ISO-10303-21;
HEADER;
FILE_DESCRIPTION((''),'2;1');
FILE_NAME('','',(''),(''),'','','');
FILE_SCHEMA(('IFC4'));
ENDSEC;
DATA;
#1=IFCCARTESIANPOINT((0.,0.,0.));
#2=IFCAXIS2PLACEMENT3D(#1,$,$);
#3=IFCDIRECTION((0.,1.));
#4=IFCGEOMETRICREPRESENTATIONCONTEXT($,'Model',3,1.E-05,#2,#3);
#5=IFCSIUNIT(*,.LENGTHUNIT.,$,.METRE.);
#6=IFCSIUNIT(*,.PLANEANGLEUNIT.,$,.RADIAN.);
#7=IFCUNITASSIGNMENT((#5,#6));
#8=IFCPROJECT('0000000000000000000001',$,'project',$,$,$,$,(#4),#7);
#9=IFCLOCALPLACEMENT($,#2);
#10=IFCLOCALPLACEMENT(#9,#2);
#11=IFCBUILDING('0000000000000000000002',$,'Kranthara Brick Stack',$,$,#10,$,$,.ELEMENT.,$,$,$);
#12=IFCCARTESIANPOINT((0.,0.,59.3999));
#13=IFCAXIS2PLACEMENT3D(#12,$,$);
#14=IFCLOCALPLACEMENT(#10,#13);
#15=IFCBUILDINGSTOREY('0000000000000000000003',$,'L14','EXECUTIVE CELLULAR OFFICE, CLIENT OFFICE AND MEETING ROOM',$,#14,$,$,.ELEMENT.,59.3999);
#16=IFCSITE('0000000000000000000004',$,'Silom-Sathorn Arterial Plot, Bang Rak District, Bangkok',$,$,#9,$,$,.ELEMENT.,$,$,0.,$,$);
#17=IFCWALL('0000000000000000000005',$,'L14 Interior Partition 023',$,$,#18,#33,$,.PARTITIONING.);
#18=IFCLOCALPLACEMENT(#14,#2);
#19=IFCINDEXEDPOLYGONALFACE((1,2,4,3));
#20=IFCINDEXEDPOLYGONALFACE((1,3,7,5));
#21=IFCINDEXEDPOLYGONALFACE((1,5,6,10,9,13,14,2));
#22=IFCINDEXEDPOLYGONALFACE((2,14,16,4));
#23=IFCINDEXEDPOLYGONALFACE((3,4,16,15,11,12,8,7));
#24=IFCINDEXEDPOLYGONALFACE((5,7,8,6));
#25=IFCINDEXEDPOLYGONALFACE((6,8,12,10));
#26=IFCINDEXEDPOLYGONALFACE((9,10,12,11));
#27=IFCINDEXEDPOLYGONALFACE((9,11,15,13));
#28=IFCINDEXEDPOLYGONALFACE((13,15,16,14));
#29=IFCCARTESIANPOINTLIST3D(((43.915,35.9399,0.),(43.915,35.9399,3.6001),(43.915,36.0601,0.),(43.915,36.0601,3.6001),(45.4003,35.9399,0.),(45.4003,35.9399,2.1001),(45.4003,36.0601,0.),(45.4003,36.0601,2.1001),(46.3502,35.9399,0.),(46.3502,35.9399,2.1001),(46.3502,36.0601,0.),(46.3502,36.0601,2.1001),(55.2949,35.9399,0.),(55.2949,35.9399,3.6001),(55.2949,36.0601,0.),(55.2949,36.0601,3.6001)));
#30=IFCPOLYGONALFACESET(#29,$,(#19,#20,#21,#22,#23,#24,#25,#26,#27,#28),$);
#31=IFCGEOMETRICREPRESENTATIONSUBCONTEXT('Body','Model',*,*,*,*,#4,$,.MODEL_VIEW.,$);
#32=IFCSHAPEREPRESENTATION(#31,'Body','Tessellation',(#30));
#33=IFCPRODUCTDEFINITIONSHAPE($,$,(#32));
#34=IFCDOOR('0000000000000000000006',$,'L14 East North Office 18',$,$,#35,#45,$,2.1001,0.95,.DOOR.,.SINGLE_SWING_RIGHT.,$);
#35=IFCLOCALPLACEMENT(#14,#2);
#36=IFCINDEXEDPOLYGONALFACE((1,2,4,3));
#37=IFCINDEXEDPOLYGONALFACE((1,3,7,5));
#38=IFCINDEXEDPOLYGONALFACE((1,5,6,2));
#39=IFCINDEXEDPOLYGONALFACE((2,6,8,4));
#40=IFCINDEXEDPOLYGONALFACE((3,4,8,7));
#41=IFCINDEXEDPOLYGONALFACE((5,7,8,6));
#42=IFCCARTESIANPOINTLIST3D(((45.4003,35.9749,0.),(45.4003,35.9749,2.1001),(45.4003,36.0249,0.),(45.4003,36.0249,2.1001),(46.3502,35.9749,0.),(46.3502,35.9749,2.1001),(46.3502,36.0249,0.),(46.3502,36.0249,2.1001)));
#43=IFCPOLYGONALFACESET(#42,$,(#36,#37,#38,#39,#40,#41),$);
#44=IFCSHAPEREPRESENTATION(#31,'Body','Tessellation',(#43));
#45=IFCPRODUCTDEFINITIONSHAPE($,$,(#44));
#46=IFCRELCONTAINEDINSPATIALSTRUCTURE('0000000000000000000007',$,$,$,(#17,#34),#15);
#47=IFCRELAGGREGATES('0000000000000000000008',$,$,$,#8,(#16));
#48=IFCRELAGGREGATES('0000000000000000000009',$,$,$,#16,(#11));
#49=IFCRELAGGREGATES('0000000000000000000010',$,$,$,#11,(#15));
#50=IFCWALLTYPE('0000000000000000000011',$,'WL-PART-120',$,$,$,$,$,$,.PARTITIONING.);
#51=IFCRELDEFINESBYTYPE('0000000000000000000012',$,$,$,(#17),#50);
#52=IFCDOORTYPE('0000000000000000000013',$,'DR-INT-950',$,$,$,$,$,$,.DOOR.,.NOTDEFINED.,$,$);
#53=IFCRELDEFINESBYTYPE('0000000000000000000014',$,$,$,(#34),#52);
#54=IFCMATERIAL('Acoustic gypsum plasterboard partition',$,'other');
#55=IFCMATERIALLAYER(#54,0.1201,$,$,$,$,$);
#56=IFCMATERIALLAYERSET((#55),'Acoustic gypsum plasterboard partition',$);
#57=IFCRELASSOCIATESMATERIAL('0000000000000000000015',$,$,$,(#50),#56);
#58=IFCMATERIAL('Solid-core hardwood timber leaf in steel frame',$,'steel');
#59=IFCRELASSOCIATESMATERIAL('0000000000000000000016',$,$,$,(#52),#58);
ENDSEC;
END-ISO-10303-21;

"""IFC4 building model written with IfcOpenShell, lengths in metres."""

from ifc_helpers import new_model, si_unit, direction, frame, frame_2d, origin, place, context, subcontext, project, spatial, rectangle, extrude, material, layer, layer_set, type_object, element, fill, save


model = new_model("IFC4")

# Units and contexts
model_context = context("Model", 3, precision=1e-05, world=origin(), true_north=direction((0.0, 1.0)))
body_context = subcontext(model_context, "Body", "Model", "MODEL_VIEW")
ifc_project = project(units=[si_unit("LENGTHUNIT", "METRE"), si_unit("PLANEANGLEUNIT", "RADIAN")], contexts=[model_context])

# Site, building, storey
site_placement = place(None, origin())
site = spatial("IfcSite", under=ifc_project, at=site_placement, Name="Silom-Sathorn Arterial Plot, Bang Rak District, Bangkok", CompositionType="ELEMENT", RefElevation=0.0)
building_placement = place(site_placement, origin())
building = spatial("IfcBuilding", under=site, at=building_placement, Name="Kranthara Brick Stack", CompositionType="ELEMENT")
storey_placement = place(building_placement, frame((0.0, 0.0, 59.3999)))
storey = spatial("IfcBuildingStorey", under=building, at=storey_placement, Name="L14", Description="EXECUTIVE CELLULAR OFFICE, CLIENT OFFICE AND MEETING ROOM", CompositionType="ELEMENT", Elevation=59.3999)

# Shared definitions
ifc_material_1 = material(Name="Acoustic gypsum plasterboard partition", Category="other")
ifc_layer_1 = layer(ifc_material_1, 0.1201)
ifc_layer_set_1 = layer_set([ifc_layer_1], Name="Acoustic gypsum plasterboard partition")
wall_type_1 = type_object("IfcWallType", Name="WL-PART-120", PredefinedType="PARTITIONING", material=ifc_layer_set_1)

# Wall, opening, door
wall_1_placement = place(storey_placement, frame((43.915, 36.0, 0.0), z_axis=(0.0, 0.0, 1.0), x_axis=(1.0, 0.0, 0.0)))
wall_1 = element("IfcWall", 1, at=wall_1_placement, inside=storey, type_object=wall_type_1, Name="L14 Interior Partition 023", PredefinedType="PARTITIONING", context=body_context, shape_type="SweptSolid", body=[
    extrude(rectangle(XDim=11.3799, YDim=0.1201, at=frame_2d((5.6899, 0.0))), origin(), (0.0, 0.0, 1.0), 3.6001),
])
opening_1_placement = place(wall_1_placement, frame((1.4851, 0.0, 0.0)))
opening_1 = element("IfcOpeningElement", 2, at=opening_1_placement, cuts=wall_1, PredefinedType="OPENING", context=body_context, shape_type="SweptSolid", body=[
    extrude(rectangle(XDim=0.95, YDim=2.1001, at=frame_2d((0.4751, 1.05))), frame((0.0, 0.0701, 0.0), z_axis=(0.0, -1.0, 0.0), x_axis=(1.0, 0.0, 0.0)), (0.0, 0.0, 1.0), 0.1401),
])
ifc_material_2 = material(Name="Solid-core hardwood timber leaf in steel frame", Category="steel")
door_type = type_object("IfcDoorType", Name="DR-INT-950", OperationType="NOTDEFINED", PredefinedType="DOOR", material=ifc_material_2)
door_placement = place(opening_1_placement, origin())
door = element("IfcDoor", 3, at=door_placement, inside=storey, type_object=door_type, Name="L14 East North Office 18", OperationType="SINGLE_SWING_RIGHT", OverallHeight=2.1001, OverallWidth=0.95, PredefinedType="DOOR", context=body_context, shape_type="SweptSolid", body=[
    extrude(rectangle(XDim=0.95, YDim=2.1001, at=frame_2d((0.4751, 1.05))), frame((0.0, 0.0249, 0.0), z_axis=(0.0, -1.0, 0.0), x_axis=(1.0, 0.0, 0.0)), (0.0, 0.0, 1.0), 0.05),
])
fill(opening_1, door)

save(model, "model.ifc")
